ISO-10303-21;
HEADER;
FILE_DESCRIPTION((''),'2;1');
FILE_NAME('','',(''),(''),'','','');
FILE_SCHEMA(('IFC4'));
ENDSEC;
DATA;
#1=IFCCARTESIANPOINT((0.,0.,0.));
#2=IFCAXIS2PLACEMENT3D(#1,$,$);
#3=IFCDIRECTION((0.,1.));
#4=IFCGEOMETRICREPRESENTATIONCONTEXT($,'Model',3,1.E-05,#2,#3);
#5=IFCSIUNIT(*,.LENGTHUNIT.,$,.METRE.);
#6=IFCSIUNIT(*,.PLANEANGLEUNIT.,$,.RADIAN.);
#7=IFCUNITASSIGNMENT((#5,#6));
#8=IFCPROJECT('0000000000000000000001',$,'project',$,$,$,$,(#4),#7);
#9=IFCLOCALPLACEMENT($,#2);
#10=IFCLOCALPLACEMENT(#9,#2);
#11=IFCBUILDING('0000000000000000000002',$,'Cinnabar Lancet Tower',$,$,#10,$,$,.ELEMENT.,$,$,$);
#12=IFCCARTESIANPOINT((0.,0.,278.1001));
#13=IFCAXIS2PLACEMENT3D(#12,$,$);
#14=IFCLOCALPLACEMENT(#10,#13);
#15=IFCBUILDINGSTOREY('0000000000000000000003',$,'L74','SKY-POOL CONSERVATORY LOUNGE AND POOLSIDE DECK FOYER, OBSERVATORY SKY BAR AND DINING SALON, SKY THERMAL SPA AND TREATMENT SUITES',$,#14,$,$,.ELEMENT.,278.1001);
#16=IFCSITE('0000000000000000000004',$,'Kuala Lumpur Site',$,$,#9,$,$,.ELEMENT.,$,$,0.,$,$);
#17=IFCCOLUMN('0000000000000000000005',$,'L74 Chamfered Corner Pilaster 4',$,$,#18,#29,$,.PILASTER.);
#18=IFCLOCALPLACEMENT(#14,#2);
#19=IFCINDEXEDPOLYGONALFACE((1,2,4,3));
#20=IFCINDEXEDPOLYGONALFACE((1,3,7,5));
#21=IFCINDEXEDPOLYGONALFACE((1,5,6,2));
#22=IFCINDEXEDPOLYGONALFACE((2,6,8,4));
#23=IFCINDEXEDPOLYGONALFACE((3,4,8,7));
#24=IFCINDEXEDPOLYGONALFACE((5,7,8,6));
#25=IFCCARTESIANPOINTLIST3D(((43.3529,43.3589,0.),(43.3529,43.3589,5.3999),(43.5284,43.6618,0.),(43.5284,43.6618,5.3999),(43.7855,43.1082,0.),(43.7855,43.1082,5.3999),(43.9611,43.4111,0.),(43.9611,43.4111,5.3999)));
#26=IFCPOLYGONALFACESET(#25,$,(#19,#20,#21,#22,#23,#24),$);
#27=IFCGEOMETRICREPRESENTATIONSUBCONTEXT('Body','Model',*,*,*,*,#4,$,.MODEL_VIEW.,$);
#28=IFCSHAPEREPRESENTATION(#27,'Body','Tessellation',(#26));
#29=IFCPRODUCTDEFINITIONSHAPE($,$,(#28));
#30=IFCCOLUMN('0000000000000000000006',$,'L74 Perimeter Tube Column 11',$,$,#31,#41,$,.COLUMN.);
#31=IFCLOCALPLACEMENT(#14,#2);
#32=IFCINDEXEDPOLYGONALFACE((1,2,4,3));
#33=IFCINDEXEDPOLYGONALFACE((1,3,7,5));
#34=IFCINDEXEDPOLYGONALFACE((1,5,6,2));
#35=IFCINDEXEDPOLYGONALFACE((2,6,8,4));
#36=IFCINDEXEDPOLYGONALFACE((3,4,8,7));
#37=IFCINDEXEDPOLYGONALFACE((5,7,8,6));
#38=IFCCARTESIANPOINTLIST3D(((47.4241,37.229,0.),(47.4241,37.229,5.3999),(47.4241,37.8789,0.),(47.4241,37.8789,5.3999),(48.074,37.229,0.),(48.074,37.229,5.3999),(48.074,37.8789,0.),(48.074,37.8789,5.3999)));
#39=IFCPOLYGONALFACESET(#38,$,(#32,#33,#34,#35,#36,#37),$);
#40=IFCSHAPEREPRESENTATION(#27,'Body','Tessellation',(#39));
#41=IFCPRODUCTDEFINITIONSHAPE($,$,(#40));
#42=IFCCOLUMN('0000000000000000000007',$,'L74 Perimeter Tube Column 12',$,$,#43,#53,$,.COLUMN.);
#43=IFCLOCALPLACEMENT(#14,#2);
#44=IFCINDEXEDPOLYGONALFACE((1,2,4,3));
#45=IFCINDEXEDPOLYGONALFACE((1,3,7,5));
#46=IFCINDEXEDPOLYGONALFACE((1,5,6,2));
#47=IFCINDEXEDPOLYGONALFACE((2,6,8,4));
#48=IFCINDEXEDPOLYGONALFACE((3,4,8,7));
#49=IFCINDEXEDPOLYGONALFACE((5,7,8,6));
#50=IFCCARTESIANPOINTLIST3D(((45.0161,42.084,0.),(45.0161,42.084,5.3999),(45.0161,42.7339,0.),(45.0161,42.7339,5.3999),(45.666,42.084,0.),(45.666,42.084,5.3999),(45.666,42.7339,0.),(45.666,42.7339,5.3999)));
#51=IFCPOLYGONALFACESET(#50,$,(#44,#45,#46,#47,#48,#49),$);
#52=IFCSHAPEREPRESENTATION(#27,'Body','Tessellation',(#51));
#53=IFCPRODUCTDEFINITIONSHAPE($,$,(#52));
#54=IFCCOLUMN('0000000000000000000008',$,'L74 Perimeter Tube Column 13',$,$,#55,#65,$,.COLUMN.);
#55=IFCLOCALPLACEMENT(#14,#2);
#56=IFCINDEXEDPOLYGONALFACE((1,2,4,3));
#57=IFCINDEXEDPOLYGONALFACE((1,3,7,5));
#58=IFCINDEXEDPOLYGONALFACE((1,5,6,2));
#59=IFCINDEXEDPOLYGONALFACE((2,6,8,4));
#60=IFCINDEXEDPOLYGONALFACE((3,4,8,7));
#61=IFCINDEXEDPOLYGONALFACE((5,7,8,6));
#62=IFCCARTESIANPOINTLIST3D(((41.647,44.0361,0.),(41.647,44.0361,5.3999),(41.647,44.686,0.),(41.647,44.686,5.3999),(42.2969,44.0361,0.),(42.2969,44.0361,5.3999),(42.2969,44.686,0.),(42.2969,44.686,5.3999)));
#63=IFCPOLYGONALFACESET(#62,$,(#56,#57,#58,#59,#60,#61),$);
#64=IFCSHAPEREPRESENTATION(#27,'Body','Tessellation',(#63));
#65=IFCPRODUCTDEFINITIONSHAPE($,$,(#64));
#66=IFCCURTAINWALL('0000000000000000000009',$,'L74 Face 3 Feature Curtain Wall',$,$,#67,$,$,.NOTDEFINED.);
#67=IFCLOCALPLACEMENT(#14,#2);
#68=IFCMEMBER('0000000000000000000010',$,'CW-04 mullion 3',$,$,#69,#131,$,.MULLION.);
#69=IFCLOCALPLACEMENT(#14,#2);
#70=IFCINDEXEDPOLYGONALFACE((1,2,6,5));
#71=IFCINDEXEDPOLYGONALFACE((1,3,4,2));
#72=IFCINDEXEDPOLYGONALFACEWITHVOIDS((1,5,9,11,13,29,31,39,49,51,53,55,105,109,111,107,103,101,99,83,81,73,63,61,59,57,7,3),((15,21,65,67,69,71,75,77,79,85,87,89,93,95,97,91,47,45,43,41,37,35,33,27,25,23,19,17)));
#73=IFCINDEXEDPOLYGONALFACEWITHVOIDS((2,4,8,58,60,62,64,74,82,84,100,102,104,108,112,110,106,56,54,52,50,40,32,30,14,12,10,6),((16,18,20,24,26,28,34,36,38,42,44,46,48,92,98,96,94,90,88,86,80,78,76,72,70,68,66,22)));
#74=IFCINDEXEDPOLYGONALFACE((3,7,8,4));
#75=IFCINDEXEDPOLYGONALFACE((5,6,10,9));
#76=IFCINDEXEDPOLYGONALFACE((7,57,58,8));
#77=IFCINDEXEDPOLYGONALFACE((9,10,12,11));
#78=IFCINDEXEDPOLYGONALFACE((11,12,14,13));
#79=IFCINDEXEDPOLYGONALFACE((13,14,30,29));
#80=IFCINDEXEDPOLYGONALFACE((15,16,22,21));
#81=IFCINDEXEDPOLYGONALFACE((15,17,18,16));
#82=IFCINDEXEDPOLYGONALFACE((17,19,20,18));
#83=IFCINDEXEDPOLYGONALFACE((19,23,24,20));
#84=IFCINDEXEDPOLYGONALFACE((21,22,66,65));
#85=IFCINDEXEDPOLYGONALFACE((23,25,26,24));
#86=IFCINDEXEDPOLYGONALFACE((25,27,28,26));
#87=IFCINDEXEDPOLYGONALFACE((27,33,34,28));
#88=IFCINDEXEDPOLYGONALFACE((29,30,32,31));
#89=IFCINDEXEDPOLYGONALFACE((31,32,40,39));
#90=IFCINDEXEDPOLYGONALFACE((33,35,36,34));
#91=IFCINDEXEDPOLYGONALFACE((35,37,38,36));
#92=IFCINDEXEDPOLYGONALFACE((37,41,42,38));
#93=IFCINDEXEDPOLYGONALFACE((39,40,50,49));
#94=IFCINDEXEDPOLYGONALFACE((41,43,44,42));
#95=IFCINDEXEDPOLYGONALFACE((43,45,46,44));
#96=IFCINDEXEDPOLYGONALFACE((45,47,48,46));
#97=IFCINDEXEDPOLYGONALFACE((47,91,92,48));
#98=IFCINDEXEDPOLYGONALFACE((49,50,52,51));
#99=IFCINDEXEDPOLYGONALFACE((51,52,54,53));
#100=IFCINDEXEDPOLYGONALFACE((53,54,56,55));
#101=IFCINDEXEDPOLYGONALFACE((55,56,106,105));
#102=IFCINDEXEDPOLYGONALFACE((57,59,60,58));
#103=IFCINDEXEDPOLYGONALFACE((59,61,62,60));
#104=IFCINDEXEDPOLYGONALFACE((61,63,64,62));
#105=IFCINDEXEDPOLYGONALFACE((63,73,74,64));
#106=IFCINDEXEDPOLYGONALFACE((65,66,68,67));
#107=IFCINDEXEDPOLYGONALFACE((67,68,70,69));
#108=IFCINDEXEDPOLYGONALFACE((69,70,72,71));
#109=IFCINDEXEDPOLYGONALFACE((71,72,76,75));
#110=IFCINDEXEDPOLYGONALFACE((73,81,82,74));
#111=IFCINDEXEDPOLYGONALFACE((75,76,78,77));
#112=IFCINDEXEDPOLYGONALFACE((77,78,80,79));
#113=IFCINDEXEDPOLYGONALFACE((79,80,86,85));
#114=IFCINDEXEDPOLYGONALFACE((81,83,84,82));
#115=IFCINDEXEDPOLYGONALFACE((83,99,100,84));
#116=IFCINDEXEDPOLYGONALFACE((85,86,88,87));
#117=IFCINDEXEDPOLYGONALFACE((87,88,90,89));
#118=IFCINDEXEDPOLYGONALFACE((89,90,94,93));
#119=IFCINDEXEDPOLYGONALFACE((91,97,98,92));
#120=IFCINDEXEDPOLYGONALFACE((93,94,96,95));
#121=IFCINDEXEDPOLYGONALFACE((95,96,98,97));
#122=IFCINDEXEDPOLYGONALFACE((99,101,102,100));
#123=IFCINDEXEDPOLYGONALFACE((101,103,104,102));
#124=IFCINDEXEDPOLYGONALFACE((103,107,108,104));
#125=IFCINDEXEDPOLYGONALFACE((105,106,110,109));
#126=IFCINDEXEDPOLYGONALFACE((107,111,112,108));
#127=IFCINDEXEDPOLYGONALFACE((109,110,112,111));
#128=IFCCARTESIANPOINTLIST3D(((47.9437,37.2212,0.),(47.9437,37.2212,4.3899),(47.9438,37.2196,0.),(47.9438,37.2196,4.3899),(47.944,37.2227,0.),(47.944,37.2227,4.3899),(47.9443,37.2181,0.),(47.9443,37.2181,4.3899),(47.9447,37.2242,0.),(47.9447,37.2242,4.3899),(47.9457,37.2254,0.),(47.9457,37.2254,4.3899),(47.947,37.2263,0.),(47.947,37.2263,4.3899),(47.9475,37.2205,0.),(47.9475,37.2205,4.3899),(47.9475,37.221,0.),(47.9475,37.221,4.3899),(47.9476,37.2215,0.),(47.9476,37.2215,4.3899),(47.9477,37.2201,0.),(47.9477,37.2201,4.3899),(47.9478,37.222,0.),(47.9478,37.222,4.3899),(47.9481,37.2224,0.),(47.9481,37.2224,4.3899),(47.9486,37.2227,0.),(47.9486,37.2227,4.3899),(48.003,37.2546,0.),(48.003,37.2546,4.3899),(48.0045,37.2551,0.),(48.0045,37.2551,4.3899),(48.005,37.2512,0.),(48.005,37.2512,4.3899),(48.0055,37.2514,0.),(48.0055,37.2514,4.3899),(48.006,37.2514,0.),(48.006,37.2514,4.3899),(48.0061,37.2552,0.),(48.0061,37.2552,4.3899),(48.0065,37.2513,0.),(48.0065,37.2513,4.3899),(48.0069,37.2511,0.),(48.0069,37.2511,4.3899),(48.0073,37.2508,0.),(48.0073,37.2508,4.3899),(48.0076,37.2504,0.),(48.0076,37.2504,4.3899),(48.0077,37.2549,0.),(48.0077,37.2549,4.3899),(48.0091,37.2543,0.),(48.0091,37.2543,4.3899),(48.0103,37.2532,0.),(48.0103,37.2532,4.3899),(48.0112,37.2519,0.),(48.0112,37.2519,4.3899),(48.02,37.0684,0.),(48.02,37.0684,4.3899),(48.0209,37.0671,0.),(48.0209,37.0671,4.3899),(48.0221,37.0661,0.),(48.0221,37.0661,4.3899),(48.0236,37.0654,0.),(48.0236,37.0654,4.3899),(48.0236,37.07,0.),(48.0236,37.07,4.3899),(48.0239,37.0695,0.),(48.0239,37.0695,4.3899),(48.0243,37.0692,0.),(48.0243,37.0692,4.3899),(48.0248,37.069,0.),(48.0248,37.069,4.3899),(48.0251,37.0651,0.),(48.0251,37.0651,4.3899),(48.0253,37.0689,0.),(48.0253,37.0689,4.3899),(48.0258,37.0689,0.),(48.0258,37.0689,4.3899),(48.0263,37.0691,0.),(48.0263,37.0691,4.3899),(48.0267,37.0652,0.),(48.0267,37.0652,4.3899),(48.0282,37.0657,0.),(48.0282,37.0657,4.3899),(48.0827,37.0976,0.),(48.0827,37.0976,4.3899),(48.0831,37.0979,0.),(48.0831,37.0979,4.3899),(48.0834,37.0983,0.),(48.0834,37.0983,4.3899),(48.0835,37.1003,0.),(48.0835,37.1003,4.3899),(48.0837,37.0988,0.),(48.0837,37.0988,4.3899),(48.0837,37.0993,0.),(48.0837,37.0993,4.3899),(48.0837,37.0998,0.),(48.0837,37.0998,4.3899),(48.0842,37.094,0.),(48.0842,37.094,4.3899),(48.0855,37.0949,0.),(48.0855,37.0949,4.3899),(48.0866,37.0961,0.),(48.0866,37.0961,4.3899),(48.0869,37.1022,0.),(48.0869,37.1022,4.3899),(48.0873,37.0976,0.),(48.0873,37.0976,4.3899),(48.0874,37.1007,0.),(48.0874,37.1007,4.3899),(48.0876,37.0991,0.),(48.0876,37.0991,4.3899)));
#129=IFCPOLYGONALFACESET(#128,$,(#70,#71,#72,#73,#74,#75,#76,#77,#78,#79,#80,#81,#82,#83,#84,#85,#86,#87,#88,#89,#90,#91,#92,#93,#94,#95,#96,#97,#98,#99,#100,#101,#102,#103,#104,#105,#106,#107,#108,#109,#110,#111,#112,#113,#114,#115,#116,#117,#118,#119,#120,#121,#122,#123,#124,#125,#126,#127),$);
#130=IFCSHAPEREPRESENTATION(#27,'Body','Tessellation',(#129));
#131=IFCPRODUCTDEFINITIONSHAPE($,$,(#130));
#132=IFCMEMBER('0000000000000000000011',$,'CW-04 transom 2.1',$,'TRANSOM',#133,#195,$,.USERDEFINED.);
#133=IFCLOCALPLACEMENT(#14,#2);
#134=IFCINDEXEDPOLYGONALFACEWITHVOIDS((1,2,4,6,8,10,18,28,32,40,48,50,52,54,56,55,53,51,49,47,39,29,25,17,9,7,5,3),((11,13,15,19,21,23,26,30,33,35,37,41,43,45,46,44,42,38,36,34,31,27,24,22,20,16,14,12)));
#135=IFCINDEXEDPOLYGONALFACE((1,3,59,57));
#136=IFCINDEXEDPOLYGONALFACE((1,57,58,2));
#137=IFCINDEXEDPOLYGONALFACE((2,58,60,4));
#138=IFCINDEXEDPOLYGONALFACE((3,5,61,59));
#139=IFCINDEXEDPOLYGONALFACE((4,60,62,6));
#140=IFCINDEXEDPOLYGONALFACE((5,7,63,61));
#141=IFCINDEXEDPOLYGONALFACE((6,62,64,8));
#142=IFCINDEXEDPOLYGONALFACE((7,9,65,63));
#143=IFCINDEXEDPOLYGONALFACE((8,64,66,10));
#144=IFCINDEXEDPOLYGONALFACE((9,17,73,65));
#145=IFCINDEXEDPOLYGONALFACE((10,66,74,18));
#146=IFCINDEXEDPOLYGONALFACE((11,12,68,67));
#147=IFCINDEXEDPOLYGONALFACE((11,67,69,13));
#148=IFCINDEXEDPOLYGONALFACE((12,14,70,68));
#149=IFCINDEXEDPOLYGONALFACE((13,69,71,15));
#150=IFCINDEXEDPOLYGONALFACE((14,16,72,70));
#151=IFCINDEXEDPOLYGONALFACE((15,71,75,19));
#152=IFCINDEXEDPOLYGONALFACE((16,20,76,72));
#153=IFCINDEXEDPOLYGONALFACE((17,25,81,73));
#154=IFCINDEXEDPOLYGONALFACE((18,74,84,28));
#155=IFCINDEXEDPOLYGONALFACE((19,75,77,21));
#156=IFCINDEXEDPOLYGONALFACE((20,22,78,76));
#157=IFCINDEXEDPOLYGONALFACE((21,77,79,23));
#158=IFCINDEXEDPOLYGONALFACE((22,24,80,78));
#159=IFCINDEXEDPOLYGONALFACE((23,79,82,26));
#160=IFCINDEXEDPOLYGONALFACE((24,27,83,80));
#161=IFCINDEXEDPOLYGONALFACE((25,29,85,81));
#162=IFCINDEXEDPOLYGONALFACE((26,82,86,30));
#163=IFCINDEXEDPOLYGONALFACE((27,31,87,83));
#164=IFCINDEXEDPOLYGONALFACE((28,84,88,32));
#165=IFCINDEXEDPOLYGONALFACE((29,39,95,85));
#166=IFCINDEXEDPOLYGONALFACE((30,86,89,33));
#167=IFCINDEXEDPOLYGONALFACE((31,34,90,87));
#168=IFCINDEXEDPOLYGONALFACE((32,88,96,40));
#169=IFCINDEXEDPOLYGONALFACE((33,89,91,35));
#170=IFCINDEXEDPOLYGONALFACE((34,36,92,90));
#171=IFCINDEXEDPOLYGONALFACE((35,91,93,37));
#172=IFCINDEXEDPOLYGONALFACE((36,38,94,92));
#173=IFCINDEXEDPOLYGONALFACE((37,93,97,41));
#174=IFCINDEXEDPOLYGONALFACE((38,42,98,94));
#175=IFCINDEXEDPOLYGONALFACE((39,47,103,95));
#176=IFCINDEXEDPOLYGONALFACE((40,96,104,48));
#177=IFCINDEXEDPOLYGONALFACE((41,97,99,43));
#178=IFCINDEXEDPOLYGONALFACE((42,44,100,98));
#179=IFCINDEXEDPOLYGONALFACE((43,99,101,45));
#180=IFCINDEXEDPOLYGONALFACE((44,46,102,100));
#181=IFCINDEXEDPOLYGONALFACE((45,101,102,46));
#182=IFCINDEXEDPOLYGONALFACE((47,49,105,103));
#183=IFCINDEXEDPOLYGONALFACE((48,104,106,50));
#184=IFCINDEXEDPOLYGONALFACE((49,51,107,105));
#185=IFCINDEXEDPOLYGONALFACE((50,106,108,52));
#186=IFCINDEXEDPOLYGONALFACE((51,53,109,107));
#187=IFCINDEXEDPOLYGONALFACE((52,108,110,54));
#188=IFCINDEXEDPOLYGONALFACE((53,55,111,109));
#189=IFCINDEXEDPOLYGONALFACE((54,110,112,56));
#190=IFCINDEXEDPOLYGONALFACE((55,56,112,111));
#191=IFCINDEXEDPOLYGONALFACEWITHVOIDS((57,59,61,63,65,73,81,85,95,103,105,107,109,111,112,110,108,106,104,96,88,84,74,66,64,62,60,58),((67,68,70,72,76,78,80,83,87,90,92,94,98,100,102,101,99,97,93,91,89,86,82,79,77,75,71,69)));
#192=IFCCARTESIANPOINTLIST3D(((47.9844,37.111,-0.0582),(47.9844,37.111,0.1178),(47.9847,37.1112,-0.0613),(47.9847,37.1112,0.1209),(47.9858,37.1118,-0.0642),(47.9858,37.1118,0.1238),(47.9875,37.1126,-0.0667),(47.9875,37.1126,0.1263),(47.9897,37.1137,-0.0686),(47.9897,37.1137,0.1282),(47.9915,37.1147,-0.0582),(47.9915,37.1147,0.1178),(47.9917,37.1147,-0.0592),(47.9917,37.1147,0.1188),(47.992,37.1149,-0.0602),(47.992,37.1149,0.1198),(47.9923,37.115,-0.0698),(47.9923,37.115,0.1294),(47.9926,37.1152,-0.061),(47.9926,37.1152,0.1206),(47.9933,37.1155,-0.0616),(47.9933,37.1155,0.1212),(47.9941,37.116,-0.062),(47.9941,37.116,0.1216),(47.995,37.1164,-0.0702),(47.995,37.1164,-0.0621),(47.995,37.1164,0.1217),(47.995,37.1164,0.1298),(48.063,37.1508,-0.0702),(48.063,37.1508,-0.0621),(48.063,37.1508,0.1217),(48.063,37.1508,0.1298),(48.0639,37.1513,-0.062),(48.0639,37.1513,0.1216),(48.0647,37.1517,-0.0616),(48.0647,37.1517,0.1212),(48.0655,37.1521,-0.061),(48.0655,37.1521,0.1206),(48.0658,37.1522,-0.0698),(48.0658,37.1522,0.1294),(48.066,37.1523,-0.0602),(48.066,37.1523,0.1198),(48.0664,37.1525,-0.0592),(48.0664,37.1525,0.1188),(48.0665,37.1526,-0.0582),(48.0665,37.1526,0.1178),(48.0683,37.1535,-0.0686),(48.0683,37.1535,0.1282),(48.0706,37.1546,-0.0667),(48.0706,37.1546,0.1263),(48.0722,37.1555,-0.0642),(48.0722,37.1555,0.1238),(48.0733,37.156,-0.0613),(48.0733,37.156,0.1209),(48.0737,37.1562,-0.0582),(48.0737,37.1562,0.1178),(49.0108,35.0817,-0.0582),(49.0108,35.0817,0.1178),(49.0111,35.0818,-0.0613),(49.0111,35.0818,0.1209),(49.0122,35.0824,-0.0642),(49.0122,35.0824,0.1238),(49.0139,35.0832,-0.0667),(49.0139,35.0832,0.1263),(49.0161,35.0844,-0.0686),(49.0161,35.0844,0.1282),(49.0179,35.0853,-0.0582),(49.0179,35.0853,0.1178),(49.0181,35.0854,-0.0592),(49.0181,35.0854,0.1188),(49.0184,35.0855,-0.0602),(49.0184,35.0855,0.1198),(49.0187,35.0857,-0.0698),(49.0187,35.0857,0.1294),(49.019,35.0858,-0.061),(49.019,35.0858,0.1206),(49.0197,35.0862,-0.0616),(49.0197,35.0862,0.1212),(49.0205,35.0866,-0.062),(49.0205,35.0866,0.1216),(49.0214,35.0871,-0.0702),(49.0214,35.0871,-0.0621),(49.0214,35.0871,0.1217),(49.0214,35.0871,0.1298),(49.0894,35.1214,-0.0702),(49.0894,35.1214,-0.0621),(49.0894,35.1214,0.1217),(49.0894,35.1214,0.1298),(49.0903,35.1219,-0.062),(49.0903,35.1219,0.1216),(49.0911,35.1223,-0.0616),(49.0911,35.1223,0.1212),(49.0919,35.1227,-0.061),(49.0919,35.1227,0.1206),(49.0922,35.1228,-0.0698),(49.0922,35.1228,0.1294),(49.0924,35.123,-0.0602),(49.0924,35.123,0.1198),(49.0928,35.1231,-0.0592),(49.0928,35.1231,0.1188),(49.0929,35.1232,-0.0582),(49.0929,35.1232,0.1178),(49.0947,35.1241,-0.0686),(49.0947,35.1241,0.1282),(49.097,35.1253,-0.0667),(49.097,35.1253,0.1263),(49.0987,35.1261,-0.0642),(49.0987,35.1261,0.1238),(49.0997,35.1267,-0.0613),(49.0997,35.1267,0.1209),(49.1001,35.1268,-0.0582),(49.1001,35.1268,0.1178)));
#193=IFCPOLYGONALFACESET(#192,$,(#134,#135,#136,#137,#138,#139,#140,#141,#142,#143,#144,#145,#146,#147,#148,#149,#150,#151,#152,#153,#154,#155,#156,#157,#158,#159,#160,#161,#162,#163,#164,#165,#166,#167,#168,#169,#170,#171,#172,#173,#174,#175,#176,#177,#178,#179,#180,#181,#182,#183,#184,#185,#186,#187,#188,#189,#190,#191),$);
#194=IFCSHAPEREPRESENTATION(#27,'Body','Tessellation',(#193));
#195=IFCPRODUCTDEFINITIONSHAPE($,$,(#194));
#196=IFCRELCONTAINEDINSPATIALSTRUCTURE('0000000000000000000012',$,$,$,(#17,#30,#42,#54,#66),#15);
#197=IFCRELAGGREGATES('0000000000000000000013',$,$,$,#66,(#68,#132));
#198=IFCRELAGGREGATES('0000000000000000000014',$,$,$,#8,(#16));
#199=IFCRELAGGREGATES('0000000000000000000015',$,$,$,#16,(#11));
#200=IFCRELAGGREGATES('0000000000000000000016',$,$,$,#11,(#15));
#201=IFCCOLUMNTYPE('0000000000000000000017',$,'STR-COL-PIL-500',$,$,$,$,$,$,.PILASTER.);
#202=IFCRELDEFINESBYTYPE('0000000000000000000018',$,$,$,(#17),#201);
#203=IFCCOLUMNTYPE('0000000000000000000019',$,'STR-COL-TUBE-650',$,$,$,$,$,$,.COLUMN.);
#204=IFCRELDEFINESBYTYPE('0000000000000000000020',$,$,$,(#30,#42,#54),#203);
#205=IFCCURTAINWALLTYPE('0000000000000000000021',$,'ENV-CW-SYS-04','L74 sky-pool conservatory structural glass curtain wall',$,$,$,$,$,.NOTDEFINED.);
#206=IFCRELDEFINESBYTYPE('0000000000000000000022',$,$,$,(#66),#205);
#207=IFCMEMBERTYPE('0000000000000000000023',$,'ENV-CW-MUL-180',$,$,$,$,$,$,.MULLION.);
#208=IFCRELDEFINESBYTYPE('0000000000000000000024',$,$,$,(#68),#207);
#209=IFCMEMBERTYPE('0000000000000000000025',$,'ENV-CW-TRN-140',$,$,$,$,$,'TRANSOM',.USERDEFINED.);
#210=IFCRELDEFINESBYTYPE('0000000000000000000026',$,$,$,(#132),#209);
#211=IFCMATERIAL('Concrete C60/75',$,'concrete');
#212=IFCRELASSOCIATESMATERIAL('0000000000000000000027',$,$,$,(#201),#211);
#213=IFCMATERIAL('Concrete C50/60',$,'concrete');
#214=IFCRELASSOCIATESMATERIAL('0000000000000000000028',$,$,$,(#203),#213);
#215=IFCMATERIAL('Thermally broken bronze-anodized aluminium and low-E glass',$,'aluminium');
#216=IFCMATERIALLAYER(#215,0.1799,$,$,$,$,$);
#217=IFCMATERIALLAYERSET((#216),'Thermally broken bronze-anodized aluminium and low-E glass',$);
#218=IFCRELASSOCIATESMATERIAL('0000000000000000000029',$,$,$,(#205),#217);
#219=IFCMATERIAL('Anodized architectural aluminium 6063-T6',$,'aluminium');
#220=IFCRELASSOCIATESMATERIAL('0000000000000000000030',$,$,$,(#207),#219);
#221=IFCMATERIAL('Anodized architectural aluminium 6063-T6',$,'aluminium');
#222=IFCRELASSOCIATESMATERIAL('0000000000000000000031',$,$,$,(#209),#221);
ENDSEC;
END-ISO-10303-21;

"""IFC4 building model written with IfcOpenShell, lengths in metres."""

from ifc_helpers import new_model, si_unit, direction, frame, origin, origin_2d, place, context, subcontext, project, spatial, rectangle, hollow_rectangle, extrude, material, layer, layer_set, material_profile, profile_set, type_object, element, aggregate, save


model = new_model("IFC4")

# Units and contexts
model_context = context("Model", 3, precision=1e-05, world=origin(), true_north=direction((0.0, 1.0)))
body_context = subcontext(model_context, "Body", "Model", "MODEL_VIEW")
ifc_project = project(units=[si_unit("LENGTHUNIT", "METRE"), si_unit("PLANEANGLEUNIT", "RADIAN")], contexts=[model_context])

# Site, building, storey
site_placement = place(None, origin())
site = spatial("IfcSite", under=ifc_project, at=site_placement, Name="Kuala Lumpur Site", CompositionType="ELEMENT", RefElevation=0.0)
building_placement = place(site_placement, origin())
building = spatial("IfcBuilding", under=site, at=building_placement, Name="Cinnabar Lancet Tower", CompositionType="ELEMENT")
storey_placement = place(building_placement, frame((0.0, 0.0, 278.1001)))
storey = spatial("IfcBuildingStorey", under=building, at=storey_placement, Name="L74", Description="SKY-POOL CONSERVATORY LOUNGE AND POOLSIDE DECK FOYER, OBSERVATORY SKY BAR AND DINING SALON, SKY THERMAL SPA AND TREATMENT SUITES", CompositionType="ELEMENT", Elevation=278.1001)

# Columns
ifc_material_1 = material(Name="Concrete C60/75", Category="concrete")
ifc_material_profile_1 = material_profile(ifc_material_1, rectangle(XDim=0.5, YDim=0.3501, at=origin_2d()), Name="RC-PIL 500x350")
ifc_profile_set_1 = profile_set([ifc_material_profile_1], Name="Concrete C60/75")
column_type_1 = type_object("IfcColumnType", Name="STR-COL-PIL-500", PredefinedType="PILASTER", material=ifc_profile_set_1)
column_placement = place(storey_placement, frame((43.657, 43.385, 0.0), z_axis=(0.0, 0.0, 1.0), x_axis=(-0.865256, 0.50133, 0.0)))
element("IfcColumn", 1, at=column_placement, inside=storey, type_object=column_type_1, Name="L74 Chamfered Corner Pilaster 4", PredefinedType="PILASTER", context=body_context, shape_type="SweptSolid", body=[
    extrude(rectangle(XDim=0.5, YDim=0.3501, at=origin_2d()), origin(), (0.0, 0.0, 1.0), 5.3999),
])
ifc_material_2 = material(Name="Concrete C50/60", Category="concrete")
ifc_material_profile_2 = material_profile(ifc_material_2, rectangle(XDim=0.6499, YDim=0.6499, at=origin_2d()), Name="RC-COL 650x650")
ifc_profile_set_2 = profile_set([ifc_material_profile_2], Name="Concrete C50/60")
column_type_2 = type_object("IfcColumnType", Name="STR-COL-TUBE-650", PredefinedType="COLUMN", material=ifc_profile_set_2)
for number, where, z_axis, x_axis, name in (
    (2, (47.749, 37.554, 0.0), (0.0, 0.0, 1.0), (1.0, 0.0, 0.0), "L74 Perimeter Tube Column 11"),
    (3, (45.3411, 42.4089, 0.0), (0.0, 0.0, 1.0), (1.0, 0.0, 0.0), "L74 Perimeter Tube Column 12"),
    (4, (41.9719, 44.3611, 0.0), (0.0, 0.0, 1.0), (1.0, 0.0, 0.0), "L74 Perimeter Tube Column 13"),
):
    element("IfcColumn", number, at=place(storey_placement, frame(where, z_axis=z_axis, x_axis=x_axis)), inside=storey, type_object=column_type_2, Name=name, PredefinedType="COLUMN", context=body_context, shape_type="SweptSolid", body=[
        extrude(rectangle(XDim=0.6499, YDim=0.6499, at=origin_2d()), origin(), (0.0, 0.0, 1.0), 5.3999),
    ])

# Curtain wall, members
ifc_material_3 = material(Name="Thermally broken bronze-anodized aluminium and low-E glass", Category="aluminium")
ifc_layer_1 = layer(ifc_material_3, 0.1799)
ifc_layer_set_1 = layer_set([ifc_layer_1], Name="Thermally broken bronze-anodized aluminium and low-E glass")
curtain_wall_type = type_object("IfcCurtainWallType", Name="ENV-CW-SYS-04", Description="L74 sky-pool conservatory structural glass curtain wall", PredefinedType="NOTDEFINED", material=ifc_layer_set_1)
curtain_wall_placement = place(storey_placement, origin())
curtain_wall = element("IfcCurtainWall", 5, at=curtain_wall_placement, inside=storey, type_object=curtain_wall_type, Name="L74 Face 3 Feature Curtain Wall", PredefinedType="NOTDEFINED")
ifc_material_4 = material(Name="Anodized architectural aluminium 6063-T6", Category="aluminium")
ifc_material_profile_3 = material_profile(ifc_material_4, hollow_rectangle(XDim=0.075, YDim=0.1799, WallThickness=0.0039, InnerFilletRadius=0.002, OuterFilletRadius=0.0061, at=origin_2d()), Name="CW-MUL 180x75x4")
ifc_profile_set_3 = profile_set([ifc_material_profile_3], Name="Anodized architectural aluminium 6063-T6")
member_type_1 = type_object("IfcMemberType", Name="ENV-CW-MUL-180", PredefinedType="MULLION", material=ifc_profile_set_3)
member_1_placement = place(storey_placement, frame((48.0156, 37.1602, 0.0), z_axis=(0.0, 0.0, 1.0), x_axis=(-0.892345, -0.451354, 0.0)))
member_1 = element("IfcMember", 6, at=member_1_placement, type_object=member_type_1, Name="CW-04 mullion 3", PredefinedType="MULLION", context=body_context, shape_type="SweptSolid", body=[
    extrude(hollow_rectangle(XDim=0.075, YDim=0.1799, WallThickness=0.0039, InnerFilletRadius=0.002, OuterFilletRadius=0.0061, at=origin_2d()), origin(), (0.0, 0.0, 1.0), 4.3899),
])
ifc_material_5 = material(Name="Anodized architectural aluminium 6063-T6", Category="aluminium")
ifc_material_profile_4 = material_profile(ifc_material_5, hollow_rectangle(XDim=0.1001, YDim=0.2, WallThickness=0.0081, InnerFilletRadius=0.0039, OuterFilletRadius=0.012, at=origin_2d()), Name="RHS 200x100x8")
ifc_profile_set_4 = profile_set([ifc_material_profile_4], Name="Anodized architectural aluminium 6063-T6")
member_type_2 = type_object("IfcMemberType", Name="ENV-CW-TRN-140", ElementType="TRANSOM", PredefinedType="USERDEFINED", material=ifc_profile_set_4)
member_2_placement = place(storey_placement, frame((49.0554, 35.1042, 0.0298), z_axis=(-0.451331, 0.892356, 0.0), x_axis=(-0.892356, -0.451331, 0.0)))
member_2 = element("IfcMember", 7, at=member_2_placement, type_object=member_type_2, Name="CW-04 transom 2.1", ObjectType="TRANSOM", PredefinedType="USERDEFINED", context=body_context, shape_type="SweptSolid", body=[
    extrude(hollow_rectangle(XDim=0.1001, YDim=0.2, WallThickness=0.0081, InnerFilletRadius=0.0039, OuterFilletRadius=0.012, at=origin_2d()), origin(), (0.0, 0.0, 1.0), 2.2742),
])

aggregate(curtain_wall, [member_1, member_2])

save(model, "model.ifc")
